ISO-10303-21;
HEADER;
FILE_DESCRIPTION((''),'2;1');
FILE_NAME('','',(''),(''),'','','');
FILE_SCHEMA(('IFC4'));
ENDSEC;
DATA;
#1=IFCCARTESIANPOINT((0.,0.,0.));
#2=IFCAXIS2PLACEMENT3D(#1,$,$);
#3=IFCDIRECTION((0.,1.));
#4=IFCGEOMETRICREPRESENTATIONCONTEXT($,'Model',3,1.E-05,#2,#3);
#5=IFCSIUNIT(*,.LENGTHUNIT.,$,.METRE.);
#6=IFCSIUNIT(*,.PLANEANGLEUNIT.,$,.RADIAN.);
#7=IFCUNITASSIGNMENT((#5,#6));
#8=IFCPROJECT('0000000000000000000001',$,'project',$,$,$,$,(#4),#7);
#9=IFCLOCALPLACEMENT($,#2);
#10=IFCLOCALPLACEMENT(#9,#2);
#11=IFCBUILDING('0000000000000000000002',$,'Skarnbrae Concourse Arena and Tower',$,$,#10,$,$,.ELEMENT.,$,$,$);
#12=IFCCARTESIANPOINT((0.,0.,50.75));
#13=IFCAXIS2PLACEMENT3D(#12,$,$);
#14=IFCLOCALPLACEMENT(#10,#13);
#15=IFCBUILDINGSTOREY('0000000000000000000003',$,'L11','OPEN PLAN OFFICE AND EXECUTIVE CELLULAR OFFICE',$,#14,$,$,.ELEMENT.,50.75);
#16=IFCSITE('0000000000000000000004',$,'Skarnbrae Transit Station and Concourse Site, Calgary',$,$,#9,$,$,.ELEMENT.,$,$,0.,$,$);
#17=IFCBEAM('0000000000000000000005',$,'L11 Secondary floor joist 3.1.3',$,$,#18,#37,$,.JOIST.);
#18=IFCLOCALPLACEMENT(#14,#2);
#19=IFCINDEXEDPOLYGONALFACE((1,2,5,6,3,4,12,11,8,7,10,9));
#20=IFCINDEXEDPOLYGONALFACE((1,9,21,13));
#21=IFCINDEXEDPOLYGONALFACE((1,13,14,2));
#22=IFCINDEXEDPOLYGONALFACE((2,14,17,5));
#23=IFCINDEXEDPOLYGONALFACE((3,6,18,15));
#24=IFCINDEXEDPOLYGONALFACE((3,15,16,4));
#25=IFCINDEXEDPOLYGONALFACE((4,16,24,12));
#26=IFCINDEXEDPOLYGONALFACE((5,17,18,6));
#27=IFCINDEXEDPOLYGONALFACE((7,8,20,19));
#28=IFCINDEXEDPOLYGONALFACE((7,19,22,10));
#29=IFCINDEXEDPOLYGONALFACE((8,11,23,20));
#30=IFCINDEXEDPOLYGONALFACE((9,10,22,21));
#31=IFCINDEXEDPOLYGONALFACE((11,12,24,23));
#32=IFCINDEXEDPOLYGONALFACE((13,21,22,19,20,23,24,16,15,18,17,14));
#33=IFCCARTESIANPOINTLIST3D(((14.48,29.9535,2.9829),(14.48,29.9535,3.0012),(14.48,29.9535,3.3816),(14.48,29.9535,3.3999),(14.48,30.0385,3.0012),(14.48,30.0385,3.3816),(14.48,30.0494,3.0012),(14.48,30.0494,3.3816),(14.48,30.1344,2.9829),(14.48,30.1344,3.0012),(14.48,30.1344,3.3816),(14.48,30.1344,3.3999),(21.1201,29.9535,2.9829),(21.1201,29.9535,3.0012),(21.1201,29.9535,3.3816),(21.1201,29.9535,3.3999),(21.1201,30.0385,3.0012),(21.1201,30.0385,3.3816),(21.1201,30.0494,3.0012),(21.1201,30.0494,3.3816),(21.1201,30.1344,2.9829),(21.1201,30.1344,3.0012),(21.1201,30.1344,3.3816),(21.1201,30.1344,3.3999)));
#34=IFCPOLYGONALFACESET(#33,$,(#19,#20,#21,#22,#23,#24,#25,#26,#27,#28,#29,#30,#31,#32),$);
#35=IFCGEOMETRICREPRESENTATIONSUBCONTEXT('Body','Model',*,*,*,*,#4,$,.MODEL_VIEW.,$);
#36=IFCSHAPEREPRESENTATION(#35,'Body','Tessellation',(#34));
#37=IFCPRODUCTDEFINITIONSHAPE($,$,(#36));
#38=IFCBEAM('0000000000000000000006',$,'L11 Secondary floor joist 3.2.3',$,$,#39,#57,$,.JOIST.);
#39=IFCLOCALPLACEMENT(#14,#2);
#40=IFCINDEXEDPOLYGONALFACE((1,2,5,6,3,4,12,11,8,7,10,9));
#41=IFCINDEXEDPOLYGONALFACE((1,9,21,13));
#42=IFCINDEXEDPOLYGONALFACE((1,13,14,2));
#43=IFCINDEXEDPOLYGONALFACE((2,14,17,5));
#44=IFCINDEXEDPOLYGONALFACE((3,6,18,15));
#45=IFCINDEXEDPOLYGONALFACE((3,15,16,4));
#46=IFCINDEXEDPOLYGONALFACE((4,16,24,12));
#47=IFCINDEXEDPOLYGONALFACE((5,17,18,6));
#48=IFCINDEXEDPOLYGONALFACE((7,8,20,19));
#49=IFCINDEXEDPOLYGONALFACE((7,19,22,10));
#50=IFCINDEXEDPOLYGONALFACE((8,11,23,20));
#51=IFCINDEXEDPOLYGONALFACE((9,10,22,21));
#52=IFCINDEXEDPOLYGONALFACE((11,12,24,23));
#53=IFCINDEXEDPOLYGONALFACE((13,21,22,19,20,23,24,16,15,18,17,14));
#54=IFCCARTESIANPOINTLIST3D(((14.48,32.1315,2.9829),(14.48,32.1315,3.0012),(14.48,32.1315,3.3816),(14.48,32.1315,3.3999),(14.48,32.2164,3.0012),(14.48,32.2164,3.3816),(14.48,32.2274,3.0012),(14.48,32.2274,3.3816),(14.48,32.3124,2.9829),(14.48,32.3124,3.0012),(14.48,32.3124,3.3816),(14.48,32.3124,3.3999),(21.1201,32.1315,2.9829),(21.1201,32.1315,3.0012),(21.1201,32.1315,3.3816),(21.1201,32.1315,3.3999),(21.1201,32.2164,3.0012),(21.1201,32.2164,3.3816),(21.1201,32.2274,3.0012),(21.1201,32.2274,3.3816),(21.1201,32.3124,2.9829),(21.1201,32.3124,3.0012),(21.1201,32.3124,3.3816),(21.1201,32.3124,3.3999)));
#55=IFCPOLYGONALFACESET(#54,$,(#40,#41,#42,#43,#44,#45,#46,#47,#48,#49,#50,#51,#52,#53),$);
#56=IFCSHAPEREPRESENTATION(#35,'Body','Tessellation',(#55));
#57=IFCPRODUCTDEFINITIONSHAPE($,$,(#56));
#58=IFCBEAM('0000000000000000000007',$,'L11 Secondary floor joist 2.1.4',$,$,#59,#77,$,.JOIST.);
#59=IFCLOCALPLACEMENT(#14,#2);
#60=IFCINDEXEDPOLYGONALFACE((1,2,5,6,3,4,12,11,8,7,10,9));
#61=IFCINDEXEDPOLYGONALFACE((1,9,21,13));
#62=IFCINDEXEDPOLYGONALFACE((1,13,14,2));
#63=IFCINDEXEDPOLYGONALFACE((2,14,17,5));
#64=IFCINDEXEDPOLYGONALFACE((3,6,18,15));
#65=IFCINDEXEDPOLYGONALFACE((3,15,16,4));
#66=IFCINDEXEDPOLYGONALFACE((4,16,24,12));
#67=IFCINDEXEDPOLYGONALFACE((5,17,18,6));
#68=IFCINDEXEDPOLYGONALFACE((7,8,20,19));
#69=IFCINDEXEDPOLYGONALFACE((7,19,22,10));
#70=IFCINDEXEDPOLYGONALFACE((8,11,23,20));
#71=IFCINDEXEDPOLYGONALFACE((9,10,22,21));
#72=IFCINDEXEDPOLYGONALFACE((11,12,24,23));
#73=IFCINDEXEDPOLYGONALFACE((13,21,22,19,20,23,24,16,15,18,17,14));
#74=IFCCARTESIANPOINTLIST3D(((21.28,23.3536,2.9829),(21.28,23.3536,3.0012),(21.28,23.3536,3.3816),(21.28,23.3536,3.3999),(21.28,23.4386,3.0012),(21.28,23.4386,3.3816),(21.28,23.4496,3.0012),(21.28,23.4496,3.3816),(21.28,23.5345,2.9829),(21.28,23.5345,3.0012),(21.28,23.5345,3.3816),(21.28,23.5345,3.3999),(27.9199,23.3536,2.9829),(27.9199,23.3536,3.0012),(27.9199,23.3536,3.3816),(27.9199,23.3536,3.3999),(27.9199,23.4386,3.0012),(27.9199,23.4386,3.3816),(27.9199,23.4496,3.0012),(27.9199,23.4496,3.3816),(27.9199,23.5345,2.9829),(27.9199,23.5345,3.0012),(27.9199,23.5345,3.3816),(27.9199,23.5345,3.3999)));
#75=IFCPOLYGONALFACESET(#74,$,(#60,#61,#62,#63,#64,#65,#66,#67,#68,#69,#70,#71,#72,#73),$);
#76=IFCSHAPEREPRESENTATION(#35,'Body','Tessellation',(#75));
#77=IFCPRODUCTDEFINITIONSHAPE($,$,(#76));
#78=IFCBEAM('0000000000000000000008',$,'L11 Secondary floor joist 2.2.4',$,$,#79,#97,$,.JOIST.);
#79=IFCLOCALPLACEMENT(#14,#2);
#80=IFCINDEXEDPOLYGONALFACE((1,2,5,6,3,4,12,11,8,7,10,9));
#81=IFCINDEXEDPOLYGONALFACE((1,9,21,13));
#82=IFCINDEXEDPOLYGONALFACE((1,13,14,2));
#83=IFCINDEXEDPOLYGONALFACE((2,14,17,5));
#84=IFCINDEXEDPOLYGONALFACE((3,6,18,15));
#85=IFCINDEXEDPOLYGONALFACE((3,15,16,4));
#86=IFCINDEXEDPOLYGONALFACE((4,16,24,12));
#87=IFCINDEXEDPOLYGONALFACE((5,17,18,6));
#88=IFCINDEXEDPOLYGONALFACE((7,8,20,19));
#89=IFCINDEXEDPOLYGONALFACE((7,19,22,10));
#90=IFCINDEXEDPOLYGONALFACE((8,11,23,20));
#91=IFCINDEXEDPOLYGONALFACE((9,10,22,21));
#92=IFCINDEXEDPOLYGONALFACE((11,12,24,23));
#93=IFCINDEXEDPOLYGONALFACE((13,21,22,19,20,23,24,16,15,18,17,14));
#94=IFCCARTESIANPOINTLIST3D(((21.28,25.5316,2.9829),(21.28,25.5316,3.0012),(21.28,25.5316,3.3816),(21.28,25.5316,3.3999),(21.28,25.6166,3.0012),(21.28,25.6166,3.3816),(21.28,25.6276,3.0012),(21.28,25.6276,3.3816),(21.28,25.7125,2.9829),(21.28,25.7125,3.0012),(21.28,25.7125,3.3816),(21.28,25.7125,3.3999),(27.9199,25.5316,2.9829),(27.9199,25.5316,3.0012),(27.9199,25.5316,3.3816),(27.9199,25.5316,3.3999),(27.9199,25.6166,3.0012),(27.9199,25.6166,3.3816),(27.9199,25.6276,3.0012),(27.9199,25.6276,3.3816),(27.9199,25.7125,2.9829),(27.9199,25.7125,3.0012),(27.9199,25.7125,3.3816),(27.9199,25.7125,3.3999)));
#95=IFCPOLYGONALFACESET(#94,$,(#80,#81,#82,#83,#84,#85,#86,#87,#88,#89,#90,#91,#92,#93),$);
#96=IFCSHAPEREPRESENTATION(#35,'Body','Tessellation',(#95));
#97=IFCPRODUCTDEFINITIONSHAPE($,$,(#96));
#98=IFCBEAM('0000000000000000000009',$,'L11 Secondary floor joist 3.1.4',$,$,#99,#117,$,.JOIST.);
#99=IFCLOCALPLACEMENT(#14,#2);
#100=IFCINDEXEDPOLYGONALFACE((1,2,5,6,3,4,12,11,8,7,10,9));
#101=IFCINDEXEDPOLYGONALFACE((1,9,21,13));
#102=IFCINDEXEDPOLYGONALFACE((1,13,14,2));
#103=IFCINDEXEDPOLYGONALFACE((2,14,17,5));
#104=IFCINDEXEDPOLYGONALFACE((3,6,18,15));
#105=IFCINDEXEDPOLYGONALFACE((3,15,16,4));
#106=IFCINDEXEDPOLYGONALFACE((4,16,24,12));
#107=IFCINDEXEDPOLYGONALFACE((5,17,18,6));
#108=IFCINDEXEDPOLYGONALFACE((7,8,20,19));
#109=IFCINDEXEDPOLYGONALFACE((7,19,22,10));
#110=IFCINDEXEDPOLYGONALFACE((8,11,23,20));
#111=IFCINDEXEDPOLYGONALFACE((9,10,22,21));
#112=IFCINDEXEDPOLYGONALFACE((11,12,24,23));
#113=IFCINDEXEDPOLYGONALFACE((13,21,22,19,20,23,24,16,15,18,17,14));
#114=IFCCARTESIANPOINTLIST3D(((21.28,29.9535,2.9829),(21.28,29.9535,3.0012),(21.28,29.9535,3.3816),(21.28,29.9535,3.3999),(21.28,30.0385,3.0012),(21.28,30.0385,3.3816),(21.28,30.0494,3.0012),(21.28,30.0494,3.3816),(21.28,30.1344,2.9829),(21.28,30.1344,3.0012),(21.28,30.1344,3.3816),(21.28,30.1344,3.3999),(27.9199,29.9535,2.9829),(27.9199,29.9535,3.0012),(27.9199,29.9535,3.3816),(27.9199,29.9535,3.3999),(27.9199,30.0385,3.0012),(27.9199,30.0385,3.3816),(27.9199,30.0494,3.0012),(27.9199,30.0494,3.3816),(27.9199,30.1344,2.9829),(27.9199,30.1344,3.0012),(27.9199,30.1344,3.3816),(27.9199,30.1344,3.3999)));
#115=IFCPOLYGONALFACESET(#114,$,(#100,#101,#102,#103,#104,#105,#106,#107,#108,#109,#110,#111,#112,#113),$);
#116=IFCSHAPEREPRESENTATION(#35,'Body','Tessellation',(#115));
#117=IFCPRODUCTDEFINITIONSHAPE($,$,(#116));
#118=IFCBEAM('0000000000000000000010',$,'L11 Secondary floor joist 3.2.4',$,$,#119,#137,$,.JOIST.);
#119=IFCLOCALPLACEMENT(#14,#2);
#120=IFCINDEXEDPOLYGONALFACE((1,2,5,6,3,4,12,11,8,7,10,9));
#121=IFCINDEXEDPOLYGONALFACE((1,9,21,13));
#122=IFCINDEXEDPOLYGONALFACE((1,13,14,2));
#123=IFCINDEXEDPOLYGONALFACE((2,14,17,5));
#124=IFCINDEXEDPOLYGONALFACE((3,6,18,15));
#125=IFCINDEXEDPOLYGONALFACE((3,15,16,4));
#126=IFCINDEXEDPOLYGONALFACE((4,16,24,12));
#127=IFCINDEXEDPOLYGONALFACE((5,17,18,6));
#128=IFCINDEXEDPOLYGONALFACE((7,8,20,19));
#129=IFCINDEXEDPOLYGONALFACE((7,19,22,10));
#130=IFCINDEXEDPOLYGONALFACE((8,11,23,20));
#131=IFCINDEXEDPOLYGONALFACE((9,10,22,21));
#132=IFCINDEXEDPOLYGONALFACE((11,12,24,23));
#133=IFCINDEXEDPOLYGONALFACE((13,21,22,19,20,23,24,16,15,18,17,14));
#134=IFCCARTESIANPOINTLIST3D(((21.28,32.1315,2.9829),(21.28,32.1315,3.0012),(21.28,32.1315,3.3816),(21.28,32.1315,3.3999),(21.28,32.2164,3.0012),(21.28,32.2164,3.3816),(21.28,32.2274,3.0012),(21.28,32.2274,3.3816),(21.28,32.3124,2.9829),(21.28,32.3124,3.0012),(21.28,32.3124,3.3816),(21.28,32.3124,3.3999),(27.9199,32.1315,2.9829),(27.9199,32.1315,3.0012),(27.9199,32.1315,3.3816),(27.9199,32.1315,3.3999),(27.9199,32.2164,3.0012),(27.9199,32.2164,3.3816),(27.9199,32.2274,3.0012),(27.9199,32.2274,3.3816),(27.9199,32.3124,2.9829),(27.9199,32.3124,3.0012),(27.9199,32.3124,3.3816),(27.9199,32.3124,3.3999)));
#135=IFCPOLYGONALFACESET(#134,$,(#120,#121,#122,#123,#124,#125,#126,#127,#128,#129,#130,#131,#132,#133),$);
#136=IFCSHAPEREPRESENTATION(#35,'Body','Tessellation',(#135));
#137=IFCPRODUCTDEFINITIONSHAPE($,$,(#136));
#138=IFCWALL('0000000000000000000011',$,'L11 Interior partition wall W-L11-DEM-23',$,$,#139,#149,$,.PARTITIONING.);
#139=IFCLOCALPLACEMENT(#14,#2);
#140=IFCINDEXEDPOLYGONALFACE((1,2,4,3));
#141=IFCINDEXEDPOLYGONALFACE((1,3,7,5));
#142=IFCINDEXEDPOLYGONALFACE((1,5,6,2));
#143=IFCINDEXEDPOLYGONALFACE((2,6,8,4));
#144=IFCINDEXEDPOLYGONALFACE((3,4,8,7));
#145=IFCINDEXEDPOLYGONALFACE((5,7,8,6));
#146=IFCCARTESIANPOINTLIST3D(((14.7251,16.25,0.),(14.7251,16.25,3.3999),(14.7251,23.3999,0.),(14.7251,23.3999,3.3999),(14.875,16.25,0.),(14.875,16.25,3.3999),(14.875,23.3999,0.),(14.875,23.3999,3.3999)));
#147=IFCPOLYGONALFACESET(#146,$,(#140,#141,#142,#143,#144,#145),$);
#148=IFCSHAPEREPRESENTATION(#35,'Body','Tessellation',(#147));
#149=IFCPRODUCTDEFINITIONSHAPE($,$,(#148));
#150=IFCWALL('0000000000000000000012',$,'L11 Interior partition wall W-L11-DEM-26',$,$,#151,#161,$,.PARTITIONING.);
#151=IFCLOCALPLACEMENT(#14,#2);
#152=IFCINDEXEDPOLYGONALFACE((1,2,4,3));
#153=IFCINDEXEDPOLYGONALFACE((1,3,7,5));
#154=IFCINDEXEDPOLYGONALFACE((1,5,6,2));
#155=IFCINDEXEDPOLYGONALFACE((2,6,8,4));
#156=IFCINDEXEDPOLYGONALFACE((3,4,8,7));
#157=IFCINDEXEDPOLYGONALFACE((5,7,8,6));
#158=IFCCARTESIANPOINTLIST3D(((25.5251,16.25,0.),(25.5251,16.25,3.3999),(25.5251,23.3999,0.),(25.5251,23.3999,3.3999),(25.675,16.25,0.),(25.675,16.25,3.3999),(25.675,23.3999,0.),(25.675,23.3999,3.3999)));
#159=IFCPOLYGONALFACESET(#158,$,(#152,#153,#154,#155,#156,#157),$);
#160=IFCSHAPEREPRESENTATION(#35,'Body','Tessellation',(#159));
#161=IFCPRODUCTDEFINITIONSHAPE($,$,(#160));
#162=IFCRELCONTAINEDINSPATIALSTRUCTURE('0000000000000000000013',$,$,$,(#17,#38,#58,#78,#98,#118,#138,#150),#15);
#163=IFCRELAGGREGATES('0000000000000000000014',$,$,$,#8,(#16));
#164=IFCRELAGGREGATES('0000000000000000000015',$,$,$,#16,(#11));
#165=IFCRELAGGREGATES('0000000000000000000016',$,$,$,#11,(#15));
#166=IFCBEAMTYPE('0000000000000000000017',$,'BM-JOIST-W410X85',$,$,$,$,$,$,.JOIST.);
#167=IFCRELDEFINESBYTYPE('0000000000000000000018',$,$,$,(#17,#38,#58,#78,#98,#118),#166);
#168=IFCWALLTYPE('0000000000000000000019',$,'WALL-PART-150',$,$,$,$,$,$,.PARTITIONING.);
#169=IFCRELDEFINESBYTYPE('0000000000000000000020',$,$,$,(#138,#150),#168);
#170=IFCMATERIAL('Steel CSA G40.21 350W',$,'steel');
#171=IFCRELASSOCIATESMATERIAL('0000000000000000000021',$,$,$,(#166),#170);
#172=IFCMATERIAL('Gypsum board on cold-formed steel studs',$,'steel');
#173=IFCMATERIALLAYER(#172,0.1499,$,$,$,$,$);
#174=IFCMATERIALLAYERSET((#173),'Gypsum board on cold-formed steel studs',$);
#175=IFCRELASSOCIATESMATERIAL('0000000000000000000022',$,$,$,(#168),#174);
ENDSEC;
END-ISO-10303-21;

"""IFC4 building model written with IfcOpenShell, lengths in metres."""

from ifc_helpers import new_model, si_unit, direction, frame, frame_2d, origin, origin_2d, place, context, subcontext, project, spatial, rectangle, i_section, extrude, source, transform, mapped, material, layer, layer_set, material_profile, profile_set, type_object, element, save


model = new_model("IFC4")

# Units and contexts
model_context = context("Model", 3, precision=1e-05, world=origin(), true_north=direction((0.0, 1.0)))
body_context = subcontext(model_context, "Body", "Model", "MODEL_VIEW")
ifc_project = project(units=[si_unit("LENGTHUNIT", "METRE"), si_unit("PLANEANGLEUNIT", "RADIAN")], contexts=[model_context])

# Site, building, storey
site_placement = place(None, origin())
site = spatial("IfcSite", under=ifc_project, at=site_placement, Name="Skarnbrae Transit Station and Concourse Site, Calgary", CompositionType="ELEMENT", RefElevation=0.0)
building_placement = place(site_placement, origin())
building = spatial("IfcBuilding", under=site, at=building_placement, Name="Skarnbrae Concourse Arena and Tower", CompositionType="ELEMENT")
storey_placement = place(building_placement, frame((0.0, 0.0, 50.75)))
storey = spatial("IfcBuildingStorey", under=building, at=storey_placement, Name="L11", Description="OPEN PLAN OFFICE AND EXECUTIVE CELLULAR OFFICE", CompositionType="ELEMENT", Elevation=50.75)

# Shared definitions
ifc_material_1 = material(Name="Steel CSA G40.21 350W", Category="steel")

# Beams
ifc_material_profile_1 = material_profile(ifc_material_1, i_section(OverallWidth=0.1809, OverallDepth=0.417, WebThickness=0.011, FlangeThickness=0.0183, at=origin_2d()), Name="W410X85")
ifc_profile_set_1 = profile_set([ifc_material_profile_1], Name="Steel CSA G40.21 350W")
beam_type_1 = type_object("IfcBeamType", Name="BM-JOIST-W410X85", PredefinedType="JOIST", material=ifc_profile_set_1)
shared_shape_1 = source(origin(), body_context, "Body", "SweptSolid", [
    extrude(i_section(OverallWidth=0.1809, OverallDepth=0.417, WebThickness=0.011, FlangeThickness=0.0183, at=origin_2d()), origin(), (0.0, 0.0, 1.0), 6.6401),
])
for number, where, z_axis, x_axis, name in (
    (1, (14.48, 30.0439, 3.1914), (1.0, 0.0, 0.0), (0.0, 1.0, 0.0), "L11 Secondary floor joist 3.1.3"),
    (2, (14.48, 32.2219, 3.1914), (1.0, 0.0, 0.0), (0.0, 1.0, 0.0), "L11 Secondary floor joist 3.2.3"),
):
    element("IfcBeam", number, at=place(storey_placement, frame(where, z_axis=z_axis, x_axis=x_axis)), inside=storey, type_object=beam_type_1, Name=name, PredefinedType="JOIST", context=body_context, shape_type="MappedRepresentation", body=[
        mapped(shared_shape_1, transform((0.0, 0.0, 0.0))),
    ])
shared_shape_2 = source(origin(), body_context, "Body", "SweptSolid", [
    extrude(i_section(OverallWidth=0.1809, OverallDepth=0.417, WebThickness=0.011, FlangeThickness=0.0183, at=origin_2d()), origin(), (0.0, 0.0, 1.0), 6.6399),
])
for number, where, z_axis, x_axis, name in (
    (3, (21.28, 23.4441, 3.1914), (1.0, 0.0, 0.0), (0.0, 1.0, 0.0), "L11 Secondary floor joist 2.1.4"),
    (4, (21.28, 25.6221, 3.1914), (1.0, 0.0, 0.0), (0.0, 1.0, 0.0), "L11 Secondary floor joist 2.2.4"),
    (5, (21.28, 30.0439, 3.1914), (1.0, 0.0, 0.0), (0.0, 1.0, 0.0), "L11 Secondary floor joist 3.1.4"),
    (6, (21.28, 32.2219, 3.1914), (1.0, 0.0, 0.0), (0.0, 1.0, 0.0), "L11 Secondary floor joist 3.2.4"),
):
    element("IfcBeam", number, at=place(storey_placement, frame(where, z_axis=z_axis, x_axis=x_axis)), inside=storey, type_object=beam_type_1, Name=name, PredefinedType="JOIST", context=body_context, shape_type="MappedRepresentation", body=[
        mapped(shared_shape_2, transform((0.0, 0.0, 0.0))),
    ])

# Walls
ifc_material_2 = material(Name="Gypsum board on cold-formed steel studs", Category="steel")
ifc_layer = layer(ifc_material_2, 0.1499)
ifc_layer_set = layer_set([ifc_layer], Name="Gypsum board on cold-formed steel studs")
wall_type = type_object("IfcWallType", Name="WALL-PART-150", PredefinedType="PARTITIONING", material=ifc_layer_set)
shared_shape_3 = source(origin(), body_context, "Body", "SweptSolid", [
    extrude(rectangle(XDim=7.1499, YDim=0.1499, at=frame_2d((3.575, 0.0))), origin(), (0.0, 0.0, 1.0), 3.3999),
])
for number, where, z_axis, x_axis, name in (
    (7, (14.8, 23.3999, 0.0), (0.0, 0.0, 1.0), (0.0, -1.0, 0.0), "L11 Interior partition wall W-L11-DEM-23"),
    (8, (25.6001, 23.3999, 0.0), (0.0, 0.0, 1.0), (0.0, -1.0, 0.0), "L11 Interior partition wall W-L11-DEM-26"),
):
    element("IfcWall", number, at=place(storey_placement, frame(where, z_axis=z_axis, x_axis=x_axis)), inside=storey, type_object=wall_type, Name=name, PredefinedType="PARTITIONING", context=body_context, shape_type="MappedRepresentation", body=[
        mapped(shared_shape_3, transform((0.0, 0.0, 0.0))),
    ])

save(model, "model.ifc")
